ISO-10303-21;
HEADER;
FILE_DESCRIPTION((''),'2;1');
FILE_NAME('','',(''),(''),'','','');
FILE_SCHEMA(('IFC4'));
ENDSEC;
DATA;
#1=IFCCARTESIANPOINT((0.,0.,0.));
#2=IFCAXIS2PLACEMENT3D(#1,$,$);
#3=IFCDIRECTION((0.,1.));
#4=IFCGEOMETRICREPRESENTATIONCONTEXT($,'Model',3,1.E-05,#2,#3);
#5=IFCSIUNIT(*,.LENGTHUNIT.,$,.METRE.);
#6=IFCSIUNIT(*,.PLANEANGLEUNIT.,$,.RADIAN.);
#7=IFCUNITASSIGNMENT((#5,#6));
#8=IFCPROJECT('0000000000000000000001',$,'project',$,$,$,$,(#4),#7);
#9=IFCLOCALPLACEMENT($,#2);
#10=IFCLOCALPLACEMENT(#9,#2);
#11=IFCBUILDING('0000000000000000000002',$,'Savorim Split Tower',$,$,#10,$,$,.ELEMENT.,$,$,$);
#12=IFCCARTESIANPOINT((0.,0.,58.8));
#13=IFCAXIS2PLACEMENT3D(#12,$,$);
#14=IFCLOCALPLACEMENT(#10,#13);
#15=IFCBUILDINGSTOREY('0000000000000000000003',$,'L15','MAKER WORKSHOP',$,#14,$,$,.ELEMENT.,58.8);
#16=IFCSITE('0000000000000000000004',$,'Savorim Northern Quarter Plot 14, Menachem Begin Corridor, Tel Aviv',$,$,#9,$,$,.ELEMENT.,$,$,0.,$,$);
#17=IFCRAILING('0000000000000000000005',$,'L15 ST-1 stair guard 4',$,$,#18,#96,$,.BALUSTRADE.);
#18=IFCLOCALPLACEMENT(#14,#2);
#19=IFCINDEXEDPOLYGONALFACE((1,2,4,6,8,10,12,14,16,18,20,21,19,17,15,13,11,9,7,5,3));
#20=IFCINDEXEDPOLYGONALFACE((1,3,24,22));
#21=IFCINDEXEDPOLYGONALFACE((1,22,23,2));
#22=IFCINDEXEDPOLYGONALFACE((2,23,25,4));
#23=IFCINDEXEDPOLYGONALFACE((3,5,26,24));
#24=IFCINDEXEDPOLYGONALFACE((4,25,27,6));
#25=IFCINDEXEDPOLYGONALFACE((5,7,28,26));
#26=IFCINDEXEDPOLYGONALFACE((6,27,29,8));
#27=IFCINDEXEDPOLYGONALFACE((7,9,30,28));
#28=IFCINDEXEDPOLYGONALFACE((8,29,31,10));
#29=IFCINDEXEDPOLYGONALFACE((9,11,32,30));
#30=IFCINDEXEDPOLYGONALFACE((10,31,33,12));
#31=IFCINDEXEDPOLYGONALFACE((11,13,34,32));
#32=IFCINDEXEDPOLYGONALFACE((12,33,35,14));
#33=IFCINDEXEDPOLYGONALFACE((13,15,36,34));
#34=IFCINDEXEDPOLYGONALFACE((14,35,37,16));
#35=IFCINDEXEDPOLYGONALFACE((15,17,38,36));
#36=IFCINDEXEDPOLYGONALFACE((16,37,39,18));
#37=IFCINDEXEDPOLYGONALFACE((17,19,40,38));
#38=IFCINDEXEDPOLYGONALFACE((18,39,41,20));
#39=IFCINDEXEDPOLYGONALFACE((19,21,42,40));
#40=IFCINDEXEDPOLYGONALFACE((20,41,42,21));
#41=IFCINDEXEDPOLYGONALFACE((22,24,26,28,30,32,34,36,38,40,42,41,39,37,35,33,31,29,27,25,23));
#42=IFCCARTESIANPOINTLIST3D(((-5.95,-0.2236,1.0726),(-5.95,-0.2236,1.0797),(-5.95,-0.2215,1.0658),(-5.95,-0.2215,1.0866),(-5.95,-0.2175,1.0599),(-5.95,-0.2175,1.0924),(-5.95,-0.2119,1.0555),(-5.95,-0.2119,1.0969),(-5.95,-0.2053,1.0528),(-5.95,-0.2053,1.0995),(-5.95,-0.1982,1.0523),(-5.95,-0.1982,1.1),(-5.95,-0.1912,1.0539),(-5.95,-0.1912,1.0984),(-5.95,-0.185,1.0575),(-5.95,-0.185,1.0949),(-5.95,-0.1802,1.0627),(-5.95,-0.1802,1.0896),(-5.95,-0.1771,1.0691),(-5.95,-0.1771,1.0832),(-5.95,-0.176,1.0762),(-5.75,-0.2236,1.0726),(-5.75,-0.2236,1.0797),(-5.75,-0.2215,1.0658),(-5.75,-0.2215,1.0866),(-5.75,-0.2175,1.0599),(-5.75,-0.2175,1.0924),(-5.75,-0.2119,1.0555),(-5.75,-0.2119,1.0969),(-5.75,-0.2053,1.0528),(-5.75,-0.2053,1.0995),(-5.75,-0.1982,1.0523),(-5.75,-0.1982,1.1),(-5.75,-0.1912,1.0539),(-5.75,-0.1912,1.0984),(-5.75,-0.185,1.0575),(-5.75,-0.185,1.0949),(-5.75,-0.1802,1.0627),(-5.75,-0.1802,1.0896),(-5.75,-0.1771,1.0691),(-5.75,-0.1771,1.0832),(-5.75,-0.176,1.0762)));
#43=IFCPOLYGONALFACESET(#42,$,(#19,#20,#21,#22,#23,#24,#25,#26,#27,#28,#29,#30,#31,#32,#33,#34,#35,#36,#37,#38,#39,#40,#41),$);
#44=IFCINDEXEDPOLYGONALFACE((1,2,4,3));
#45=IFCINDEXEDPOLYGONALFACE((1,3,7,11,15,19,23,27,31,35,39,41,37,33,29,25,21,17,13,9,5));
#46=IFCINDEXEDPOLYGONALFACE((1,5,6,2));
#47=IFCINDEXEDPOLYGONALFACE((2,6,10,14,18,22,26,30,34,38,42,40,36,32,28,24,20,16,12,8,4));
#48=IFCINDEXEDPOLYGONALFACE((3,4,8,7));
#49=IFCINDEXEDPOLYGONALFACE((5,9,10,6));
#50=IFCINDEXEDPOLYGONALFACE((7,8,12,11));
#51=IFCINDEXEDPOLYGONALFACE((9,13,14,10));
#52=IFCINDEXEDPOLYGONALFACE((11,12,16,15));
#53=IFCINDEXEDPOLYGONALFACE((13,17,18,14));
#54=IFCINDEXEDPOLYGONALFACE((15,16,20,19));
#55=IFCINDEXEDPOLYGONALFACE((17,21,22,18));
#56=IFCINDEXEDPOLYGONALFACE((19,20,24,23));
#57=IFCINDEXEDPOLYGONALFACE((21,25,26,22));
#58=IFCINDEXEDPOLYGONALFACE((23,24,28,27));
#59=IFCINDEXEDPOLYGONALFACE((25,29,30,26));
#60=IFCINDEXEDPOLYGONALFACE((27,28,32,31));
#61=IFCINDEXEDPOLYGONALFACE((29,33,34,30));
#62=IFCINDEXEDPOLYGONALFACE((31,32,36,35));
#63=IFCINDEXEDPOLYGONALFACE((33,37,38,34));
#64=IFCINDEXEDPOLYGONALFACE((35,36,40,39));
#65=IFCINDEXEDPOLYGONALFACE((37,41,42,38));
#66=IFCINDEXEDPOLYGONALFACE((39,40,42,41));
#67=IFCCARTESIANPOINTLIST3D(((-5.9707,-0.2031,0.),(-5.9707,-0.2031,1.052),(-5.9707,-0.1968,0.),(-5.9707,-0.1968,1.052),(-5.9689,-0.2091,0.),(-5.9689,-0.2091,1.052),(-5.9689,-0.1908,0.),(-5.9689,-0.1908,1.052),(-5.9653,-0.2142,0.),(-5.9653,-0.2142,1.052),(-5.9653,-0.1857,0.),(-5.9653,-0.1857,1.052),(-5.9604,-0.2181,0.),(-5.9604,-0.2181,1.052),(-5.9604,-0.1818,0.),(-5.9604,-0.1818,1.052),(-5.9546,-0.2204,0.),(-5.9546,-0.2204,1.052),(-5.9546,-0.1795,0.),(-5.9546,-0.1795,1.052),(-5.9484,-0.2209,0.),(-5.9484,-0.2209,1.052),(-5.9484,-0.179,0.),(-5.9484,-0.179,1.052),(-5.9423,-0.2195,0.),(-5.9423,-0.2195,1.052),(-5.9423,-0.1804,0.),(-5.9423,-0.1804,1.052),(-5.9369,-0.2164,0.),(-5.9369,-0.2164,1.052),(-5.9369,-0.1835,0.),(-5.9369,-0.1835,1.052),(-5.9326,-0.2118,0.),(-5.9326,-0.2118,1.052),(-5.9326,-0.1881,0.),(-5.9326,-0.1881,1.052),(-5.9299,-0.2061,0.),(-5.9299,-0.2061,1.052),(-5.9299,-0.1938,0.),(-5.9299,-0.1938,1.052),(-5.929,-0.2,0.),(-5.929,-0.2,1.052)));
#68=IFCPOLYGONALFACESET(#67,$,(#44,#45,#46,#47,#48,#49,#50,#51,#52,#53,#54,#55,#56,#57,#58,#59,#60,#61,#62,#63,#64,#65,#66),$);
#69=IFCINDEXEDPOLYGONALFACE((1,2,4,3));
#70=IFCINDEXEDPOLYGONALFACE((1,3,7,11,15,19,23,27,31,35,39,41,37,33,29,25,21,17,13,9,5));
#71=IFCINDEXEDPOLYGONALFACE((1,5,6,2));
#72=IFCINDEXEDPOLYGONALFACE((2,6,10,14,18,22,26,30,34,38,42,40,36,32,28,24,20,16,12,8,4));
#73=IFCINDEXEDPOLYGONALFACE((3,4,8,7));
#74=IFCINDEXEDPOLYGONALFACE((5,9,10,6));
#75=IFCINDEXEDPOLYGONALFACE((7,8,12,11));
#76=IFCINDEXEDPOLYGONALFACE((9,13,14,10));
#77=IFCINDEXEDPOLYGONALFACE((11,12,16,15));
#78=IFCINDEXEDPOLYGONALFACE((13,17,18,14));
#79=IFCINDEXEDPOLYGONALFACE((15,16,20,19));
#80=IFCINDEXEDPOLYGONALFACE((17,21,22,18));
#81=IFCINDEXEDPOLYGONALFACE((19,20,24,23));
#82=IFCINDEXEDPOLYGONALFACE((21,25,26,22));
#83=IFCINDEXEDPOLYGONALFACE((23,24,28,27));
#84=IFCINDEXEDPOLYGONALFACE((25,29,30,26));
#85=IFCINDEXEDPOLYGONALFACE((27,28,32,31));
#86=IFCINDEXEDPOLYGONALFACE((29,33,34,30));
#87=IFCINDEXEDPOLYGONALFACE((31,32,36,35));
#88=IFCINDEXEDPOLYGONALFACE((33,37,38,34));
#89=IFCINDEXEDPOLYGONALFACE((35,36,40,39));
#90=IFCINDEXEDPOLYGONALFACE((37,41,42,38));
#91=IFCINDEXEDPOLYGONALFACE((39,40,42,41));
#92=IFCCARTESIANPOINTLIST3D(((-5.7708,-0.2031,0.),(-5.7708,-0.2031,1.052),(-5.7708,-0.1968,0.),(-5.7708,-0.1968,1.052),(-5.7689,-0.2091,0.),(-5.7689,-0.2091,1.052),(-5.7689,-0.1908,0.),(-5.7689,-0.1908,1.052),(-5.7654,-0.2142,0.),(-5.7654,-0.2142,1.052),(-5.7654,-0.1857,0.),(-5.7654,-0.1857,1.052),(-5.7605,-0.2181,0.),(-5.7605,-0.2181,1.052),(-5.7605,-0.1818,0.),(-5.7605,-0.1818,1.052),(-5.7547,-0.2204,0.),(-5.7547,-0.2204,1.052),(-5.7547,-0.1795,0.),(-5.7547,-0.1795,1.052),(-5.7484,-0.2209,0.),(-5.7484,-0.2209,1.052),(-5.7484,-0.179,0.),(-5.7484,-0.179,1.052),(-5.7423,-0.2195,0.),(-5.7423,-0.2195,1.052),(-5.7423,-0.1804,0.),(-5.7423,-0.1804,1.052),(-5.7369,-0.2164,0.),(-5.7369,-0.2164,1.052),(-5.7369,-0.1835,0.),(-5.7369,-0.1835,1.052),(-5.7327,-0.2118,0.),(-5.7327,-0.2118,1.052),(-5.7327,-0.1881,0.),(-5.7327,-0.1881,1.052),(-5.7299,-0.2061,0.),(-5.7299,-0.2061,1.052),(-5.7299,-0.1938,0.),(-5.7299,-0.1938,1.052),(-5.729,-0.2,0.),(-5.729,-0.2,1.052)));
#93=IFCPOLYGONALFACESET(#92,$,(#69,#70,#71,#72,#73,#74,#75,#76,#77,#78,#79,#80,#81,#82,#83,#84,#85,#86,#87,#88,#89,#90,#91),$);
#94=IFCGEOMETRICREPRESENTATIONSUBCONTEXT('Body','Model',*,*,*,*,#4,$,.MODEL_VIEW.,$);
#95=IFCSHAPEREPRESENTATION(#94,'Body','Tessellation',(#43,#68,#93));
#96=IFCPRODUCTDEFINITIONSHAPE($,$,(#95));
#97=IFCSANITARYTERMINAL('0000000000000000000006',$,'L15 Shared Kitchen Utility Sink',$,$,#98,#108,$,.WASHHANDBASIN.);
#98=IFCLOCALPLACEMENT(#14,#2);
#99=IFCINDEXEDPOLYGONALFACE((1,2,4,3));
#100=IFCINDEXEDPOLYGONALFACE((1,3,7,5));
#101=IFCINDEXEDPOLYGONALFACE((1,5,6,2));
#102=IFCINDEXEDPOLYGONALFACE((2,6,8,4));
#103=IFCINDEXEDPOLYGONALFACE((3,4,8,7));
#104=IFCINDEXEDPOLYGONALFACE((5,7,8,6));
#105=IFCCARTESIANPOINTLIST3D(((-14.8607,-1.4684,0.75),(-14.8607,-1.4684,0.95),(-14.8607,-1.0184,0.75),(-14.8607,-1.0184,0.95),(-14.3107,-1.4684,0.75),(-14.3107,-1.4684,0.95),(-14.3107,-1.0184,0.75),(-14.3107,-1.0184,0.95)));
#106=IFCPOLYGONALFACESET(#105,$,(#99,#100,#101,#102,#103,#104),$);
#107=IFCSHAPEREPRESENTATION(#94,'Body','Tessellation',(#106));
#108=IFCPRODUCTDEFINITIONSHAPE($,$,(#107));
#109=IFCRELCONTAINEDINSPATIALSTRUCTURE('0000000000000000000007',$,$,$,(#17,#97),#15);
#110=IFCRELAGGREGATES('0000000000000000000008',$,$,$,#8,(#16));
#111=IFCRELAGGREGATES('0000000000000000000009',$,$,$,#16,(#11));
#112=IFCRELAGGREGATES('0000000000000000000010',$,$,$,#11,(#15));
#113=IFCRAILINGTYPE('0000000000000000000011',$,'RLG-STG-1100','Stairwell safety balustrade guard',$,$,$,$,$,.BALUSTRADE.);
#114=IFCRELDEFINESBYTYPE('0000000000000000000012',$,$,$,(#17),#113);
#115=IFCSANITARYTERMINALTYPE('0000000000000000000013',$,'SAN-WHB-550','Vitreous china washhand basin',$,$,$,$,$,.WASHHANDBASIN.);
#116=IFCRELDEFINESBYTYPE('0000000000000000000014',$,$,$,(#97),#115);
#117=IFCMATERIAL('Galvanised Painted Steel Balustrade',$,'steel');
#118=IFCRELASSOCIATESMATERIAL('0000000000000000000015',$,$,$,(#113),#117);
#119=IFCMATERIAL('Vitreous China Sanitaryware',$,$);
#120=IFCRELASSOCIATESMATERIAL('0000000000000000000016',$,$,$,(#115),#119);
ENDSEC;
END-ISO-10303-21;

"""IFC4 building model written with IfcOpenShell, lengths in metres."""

from ifc_helpers import new_model, si_unit, direction, frame, origin, origin_2d, place, context, subcontext, project, spatial, rectangle, circle, extrude, material, type_object, element, save


model = new_model("IFC4")

# Units and contexts
model_context = context("Model", 3, precision=1e-05, world=origin(), true_north=direction((0.0, 1.0)))
body_context = subcontext(model_context, "Body", "Model", "MODEL_VIEW")
ifc_project = project(units=[si_unit("LENGTHUNIT", "METRE"), si_unit("PLANEANGLEUNIT", "RADIAN")], contexts=[model_context])

# Site, building, storey
site_placement = place(None, origin())
site = spatial("IfcSite", under=ifc_project, at=site_placement, Name="Savorim Northern Quarter Plot 14, Menachem Begin Corridor, Tel Aviv", CompositionType="ELEMENT", RefElevation=0.0)
building_placement = place(site_placement, origin())
building = spatial("IfcBuilding", under=site, at=building_placement, Name="Savorim Split Tower", CompositionType="ELEMENT")
storey_placement = place(building_placement, frame((0.0, 0.0, 58.8)))
storey = spatial("IfcBuildingStorey", under=building, at=storey_placement, Name="L15", Description="MAKER WORKSHOP", CompositionType="ELEMENT", Elevation=58.8)

# Railing
ifc_material_1 = material(Name="Galvanised Painted Steel Balustrade", Category="steel")
railing_type_1 = type_object("IfcRailingType", Name="RLG-STG-1100", Description="Stairwell safety balustrade guard", PredefinedType="BALUSTRADE", material=ifc_material_1)
railing_1_placement = place(storey_placement, frame((-5.95, -0.2, 0.0)))
element("IfcRailing", 1, at=railing_1_placement, inside=storey, type_object=railing_type_1, Name="L15 ST-1 stair guard 4", PredefinedType="BALUSTRADE", context=body_context, shape_type="SweptSolid", body=[
    extrude(circle(Radius=0.0239, at=origin_2d()), frame((0.0, 0.0, 1.0762), z_axis=(1.0, 0.0, 0.0), x_axis=(0.0, 1.0, 0.0)), (0.0, 0.0, 1.0), 0.2),
    extrude(circle(Radius=0.021, at=origin_2d()), origin(), (0.0, 0.0, 1.0), 1.052),
    extrude(circle(Radius=0.021, at=origin_2d()), frame((0.2, 0.0, 0.0)), (0.0, 0.0, 1.0), 1.052),
])

# Sanitary terminal
ifc_material_2 = material(Name="Vitreous China Sanitaryware")
sanitary_terminal_type = type_object("IfcSanitaryTerminalType", Name="SAN-WHB-550", Description="Vitreous china washhand basin", PredefinedType="WASHHANDBASIN", material=ifc_material_2)
sanitary_terminal_placement = place(storey_placement, frame((-14.5857, -1.2434, 0.75), z_axis=(0.0, 0.0, 1.0), x_axis=(1.0, 0.0, 0.0)))
element("IfcSanitaryTerminal", 2, at=sanitary_terminal_placement, inside=storey, type_object=sanitary_terminal_type, Name="L15 Shared Kitchen Utility Sink", PredefinedType="WASHHANDBASIN", context=body_context, shape_type="SweptSolid", body=[
    extrude(rectangle(XDim=0.55, YDim=0.45, at=origin_2d()), origin(), (0.0, 0.0, 1.0), 0.2),
])

save(model, "model.ifc")
